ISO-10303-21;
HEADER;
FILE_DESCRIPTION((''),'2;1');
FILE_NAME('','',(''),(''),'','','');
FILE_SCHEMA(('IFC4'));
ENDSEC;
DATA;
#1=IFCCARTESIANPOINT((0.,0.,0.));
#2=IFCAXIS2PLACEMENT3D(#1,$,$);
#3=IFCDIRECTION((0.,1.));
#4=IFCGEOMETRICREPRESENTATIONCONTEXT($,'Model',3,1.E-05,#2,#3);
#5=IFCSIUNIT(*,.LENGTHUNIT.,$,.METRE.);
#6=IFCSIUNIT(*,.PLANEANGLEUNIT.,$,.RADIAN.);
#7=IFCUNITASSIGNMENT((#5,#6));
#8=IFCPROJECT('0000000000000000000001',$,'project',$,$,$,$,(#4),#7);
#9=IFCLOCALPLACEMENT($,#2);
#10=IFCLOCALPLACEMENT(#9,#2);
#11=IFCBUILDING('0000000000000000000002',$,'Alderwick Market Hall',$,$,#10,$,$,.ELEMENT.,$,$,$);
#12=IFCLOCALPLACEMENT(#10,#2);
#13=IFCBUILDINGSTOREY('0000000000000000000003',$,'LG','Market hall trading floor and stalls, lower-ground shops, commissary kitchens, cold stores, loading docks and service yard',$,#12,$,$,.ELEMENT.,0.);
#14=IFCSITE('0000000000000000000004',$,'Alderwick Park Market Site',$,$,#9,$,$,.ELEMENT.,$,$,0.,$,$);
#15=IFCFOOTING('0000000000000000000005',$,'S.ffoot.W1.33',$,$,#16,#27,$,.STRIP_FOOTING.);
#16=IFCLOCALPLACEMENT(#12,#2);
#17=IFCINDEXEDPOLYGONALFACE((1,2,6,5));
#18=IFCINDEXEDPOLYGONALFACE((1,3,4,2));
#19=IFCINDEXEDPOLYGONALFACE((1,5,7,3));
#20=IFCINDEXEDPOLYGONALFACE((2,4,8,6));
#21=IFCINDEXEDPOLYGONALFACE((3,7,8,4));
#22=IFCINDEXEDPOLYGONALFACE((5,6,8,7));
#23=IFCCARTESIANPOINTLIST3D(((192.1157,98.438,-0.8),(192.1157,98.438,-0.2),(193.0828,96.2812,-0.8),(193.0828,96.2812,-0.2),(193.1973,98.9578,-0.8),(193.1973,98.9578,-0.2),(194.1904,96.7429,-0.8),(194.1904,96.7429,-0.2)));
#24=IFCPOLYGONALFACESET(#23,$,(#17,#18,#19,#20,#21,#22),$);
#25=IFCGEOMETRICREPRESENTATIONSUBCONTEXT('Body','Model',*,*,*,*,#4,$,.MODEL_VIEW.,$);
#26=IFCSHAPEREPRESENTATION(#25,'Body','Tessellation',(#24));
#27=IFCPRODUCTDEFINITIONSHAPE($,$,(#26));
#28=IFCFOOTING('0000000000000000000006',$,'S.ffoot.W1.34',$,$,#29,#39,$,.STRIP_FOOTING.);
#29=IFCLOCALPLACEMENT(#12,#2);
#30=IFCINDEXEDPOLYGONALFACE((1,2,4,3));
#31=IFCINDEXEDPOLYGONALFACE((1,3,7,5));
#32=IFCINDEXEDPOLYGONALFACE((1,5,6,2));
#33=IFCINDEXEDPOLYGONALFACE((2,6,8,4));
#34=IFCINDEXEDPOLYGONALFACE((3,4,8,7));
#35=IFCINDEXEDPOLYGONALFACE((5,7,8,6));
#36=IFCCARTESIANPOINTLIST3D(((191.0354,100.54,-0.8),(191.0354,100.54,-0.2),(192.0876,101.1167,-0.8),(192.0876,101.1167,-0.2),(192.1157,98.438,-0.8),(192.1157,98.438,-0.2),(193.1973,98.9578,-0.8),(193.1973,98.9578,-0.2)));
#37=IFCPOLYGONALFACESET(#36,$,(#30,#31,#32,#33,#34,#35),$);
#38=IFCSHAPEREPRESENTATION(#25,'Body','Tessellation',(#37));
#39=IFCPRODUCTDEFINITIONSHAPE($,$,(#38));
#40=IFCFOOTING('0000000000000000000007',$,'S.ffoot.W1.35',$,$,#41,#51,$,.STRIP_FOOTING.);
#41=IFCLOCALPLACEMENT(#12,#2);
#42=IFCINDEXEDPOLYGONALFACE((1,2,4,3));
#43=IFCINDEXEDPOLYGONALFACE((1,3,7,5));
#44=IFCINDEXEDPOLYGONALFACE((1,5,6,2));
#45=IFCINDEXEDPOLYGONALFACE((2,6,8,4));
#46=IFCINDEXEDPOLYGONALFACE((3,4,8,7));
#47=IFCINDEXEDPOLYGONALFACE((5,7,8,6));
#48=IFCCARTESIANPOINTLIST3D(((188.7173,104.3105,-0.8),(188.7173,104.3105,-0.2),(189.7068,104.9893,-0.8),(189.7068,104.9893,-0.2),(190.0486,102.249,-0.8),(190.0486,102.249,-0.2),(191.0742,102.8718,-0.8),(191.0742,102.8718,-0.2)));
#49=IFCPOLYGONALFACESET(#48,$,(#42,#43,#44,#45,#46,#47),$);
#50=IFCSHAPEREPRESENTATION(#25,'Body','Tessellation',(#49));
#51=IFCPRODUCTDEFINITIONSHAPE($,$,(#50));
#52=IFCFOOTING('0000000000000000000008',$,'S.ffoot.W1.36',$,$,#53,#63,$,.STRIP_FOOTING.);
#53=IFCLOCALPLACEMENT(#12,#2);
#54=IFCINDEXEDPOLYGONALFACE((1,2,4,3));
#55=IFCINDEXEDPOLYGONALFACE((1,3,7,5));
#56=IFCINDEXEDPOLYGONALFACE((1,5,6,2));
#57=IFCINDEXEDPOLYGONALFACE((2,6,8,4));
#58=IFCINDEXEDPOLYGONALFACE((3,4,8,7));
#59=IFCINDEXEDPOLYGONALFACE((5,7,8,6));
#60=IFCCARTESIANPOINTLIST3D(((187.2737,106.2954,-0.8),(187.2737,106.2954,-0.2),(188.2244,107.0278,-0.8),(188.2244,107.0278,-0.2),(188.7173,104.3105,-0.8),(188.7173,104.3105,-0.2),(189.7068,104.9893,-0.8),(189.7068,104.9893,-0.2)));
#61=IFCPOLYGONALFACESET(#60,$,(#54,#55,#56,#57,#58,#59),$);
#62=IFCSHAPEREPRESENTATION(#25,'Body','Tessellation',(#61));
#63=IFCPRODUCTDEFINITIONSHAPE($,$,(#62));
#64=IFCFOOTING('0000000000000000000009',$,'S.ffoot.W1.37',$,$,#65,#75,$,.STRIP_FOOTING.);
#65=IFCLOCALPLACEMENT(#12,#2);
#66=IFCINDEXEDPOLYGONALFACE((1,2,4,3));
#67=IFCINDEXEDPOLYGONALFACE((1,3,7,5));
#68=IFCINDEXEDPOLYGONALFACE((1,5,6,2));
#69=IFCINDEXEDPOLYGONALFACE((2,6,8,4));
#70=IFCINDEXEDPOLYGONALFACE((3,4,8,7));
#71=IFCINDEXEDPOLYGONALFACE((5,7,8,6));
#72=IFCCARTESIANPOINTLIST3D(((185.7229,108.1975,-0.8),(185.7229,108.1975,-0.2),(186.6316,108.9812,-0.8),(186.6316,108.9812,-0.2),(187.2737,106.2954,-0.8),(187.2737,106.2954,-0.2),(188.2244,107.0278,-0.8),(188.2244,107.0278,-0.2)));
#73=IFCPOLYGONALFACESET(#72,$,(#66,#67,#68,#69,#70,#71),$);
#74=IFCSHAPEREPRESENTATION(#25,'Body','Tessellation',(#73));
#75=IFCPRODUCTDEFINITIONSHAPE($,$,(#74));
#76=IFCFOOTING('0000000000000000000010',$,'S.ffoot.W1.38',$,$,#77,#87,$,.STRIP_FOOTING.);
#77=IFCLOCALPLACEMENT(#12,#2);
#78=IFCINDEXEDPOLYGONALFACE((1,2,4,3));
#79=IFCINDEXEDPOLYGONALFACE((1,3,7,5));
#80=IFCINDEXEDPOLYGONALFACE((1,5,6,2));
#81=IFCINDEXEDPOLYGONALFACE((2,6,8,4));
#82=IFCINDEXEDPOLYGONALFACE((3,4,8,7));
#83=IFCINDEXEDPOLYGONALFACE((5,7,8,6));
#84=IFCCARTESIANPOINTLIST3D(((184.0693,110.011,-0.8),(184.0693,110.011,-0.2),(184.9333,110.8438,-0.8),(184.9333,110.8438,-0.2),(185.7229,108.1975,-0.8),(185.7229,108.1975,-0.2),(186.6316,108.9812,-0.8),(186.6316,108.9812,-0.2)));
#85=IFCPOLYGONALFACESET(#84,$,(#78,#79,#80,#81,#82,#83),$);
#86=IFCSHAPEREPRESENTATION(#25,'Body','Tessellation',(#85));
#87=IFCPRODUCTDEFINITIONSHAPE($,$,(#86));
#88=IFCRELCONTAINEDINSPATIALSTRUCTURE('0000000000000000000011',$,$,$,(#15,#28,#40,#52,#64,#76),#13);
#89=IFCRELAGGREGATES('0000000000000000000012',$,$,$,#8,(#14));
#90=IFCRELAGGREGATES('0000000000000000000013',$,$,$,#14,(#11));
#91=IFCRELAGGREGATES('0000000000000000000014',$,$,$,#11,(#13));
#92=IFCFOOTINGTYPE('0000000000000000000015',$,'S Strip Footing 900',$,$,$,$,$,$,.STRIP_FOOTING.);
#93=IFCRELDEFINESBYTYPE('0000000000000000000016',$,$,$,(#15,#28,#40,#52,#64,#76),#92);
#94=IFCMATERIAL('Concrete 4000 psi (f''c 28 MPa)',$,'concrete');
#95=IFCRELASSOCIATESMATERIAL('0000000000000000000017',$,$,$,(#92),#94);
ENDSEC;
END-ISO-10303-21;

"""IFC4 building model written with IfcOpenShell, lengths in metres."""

from ifc_helpers import new_model, si_unit, direction, frame, origin, place, context, subcontext, project, spatial, polyline, outline, extrude, material, type_object, element, save


model = new_model("IFC4")

# Units and contexts
model_context = context("Model", 3, precision=1e-05, world=origin(), true_north=direction((0.0, 1.0)))
body_context = subcontext(model_context, "Body", "Model", "MODEL_VIEW")
ifc_project = project(units=[si_unit("LENGTHUNIT", "METRE"), si_unit("PLANEANGLEUNIT", "RADIAN")], contexts=[model_context])

# Site, building, storey
site_placement = place(None, origin())
site = spatial("IfcSite", under=ifc_project, at=site_placement, Name="Alderwick Park Market Site", CompositionType="ELEMENT", RefElevation=0.0)
building_placement = place(site_placement, origin())
building = spatial("IfcBuilding", under=site, at=building_placement, Name="Alderwick Market Hall", CompositionType="ELEMENT")
storey_placement = place(building_placement, origin())
storey = spatial("IfcBuildingStorey", under=building, at=storey_placement, Name="LG", Description="Market hall trading floor and stalls, lower-ground shops, commissary kitchens, cold stores, loading docks and service yard", CompositionType="ELEMENT", Elevation=0.0)

# Footings
ifc_material = material(Name="Concrete 4000 psi (f'c 28 MPa)", Category="concrete")
footing_type = type_object("IfcFootingType", Name="S Strip Footing 900", PredefinedType="STRIP_FOOTING", material=ifc_material)
footing_1_placement = place(storey_placement, frame((0.0, 0.0, -0.8)))
element("IfcFooting", 1, at=footing_1_placement, inside=storey, type_object=footing_type, Name="S.ffoot.W1.33", PredefinedType="STRIP_FOOTING", context=body_context, shape_type="SweptSolid", body=[
    extrude(outline(polyline([(194.1904, 96.7429), (193.1973, 98.9578), (192.1157, 98.438), (193.0828, 96.2812), (194.1904, 96.7429)])), origin(), (0.0, 0.0, 1.0), 0.6001),
])
footing_2_placement = place(storey_placement, frame((0.0, 0.0, -0.8)))
element("IfcFooting", 2, at=footing_2_placement, inside=storey, type_object=footing_type, Name="S.ffoot.W1.34", PredefinedType="STRIP_FOOTING", context=body_context, shape_type="SweptSolid", body=[
    extrude(outline(polyline([(193.1973, 98.9578), (192.0876, 101.1167), (191.0354, 100.54), (192.1157, 98.438), (193.1973, 98.9578)])), origin(), (0.0, 0.0, 1.0), 0.6001),
])
footing_3_placement = place(storey_placement, frame((0.0, 0.0, -0.8)))
element("IfcFooting", 3, at=footing_3_placement, inside=storey, type_object=footing_type, Name="S.ffoot.W1.35", PredefinedType="STRIP_FOOTING", context=body_context, shape_type="SweptSolid", body=[
    extrude(outline(polyline([(191.0742, 102.8718), (189.7068, 104.9893), (188.7173, 104.3105), (190.0486, 102.249), (191.0742, 102.8718)])), origin(), (0.0, 0.0, 1.0), 0.6001),
])
footing_4_placement = place(storey_placement, frame((0.0, 0.0, -0.8)))
element("IfcFooting", 4, at=footing_4_placement, inside=storey, type_object=footing_type, Name="S.ffoot.W1.36", PredefinedType="STRIP_FOOTING", context=body_context, shape_type="SweptSolid", body=[
    extrude(outline(polyline([(189.7068, 104.9893), (188.2244, 107.0278), (187.2737, 106.2954), (188.7173, 104.3105), (189.7068, 104.9893)])), origin(), (0.0, 0.0, 1.0), 0.6001),
])
footing_5_placement = place(storey_placement, frame((0.0, 0.0, -0.8)))
element("IfcFooting", 5, at=footing_5_placement, inside=storey, type_object=footing_type, Name="S.ffoot.W1.37", PredefinedType="STRIP_FOOTING", context=body_context, shape_type="SweptSolid", body=[
    extrude(outline(polyline([(188.2244, 107.0278), (186.6316, 108.9812), (185.7229, 108.1975), (187.2737, 106.2954), (188.2244, 107.0278)])), origin(), (0.0, 0.0, 1.0), 0.6001),
])
footing_6_placement = place(storey_placement, frame((0.0, 0.0, -0.8)))
element("IfcFooting", 6, at=footing_6_placement, inside=storey, type_object=footing_type, Name="S.ffoot.W1.38", PredefinedType="STRIP_FOOTING", context=body_context, shape_type="SweptSolid", body=[
    extrude(outline(polyline([(186.6316, 108.9812), (184.9333, 110.8438), (184.0693, 110.011), (185.7229, 108.1975), (186.6316, 108.9812)])), origin(), (0.0, 0.0, 1.0), 0.6001),
])

save(model, "model.ifc")
